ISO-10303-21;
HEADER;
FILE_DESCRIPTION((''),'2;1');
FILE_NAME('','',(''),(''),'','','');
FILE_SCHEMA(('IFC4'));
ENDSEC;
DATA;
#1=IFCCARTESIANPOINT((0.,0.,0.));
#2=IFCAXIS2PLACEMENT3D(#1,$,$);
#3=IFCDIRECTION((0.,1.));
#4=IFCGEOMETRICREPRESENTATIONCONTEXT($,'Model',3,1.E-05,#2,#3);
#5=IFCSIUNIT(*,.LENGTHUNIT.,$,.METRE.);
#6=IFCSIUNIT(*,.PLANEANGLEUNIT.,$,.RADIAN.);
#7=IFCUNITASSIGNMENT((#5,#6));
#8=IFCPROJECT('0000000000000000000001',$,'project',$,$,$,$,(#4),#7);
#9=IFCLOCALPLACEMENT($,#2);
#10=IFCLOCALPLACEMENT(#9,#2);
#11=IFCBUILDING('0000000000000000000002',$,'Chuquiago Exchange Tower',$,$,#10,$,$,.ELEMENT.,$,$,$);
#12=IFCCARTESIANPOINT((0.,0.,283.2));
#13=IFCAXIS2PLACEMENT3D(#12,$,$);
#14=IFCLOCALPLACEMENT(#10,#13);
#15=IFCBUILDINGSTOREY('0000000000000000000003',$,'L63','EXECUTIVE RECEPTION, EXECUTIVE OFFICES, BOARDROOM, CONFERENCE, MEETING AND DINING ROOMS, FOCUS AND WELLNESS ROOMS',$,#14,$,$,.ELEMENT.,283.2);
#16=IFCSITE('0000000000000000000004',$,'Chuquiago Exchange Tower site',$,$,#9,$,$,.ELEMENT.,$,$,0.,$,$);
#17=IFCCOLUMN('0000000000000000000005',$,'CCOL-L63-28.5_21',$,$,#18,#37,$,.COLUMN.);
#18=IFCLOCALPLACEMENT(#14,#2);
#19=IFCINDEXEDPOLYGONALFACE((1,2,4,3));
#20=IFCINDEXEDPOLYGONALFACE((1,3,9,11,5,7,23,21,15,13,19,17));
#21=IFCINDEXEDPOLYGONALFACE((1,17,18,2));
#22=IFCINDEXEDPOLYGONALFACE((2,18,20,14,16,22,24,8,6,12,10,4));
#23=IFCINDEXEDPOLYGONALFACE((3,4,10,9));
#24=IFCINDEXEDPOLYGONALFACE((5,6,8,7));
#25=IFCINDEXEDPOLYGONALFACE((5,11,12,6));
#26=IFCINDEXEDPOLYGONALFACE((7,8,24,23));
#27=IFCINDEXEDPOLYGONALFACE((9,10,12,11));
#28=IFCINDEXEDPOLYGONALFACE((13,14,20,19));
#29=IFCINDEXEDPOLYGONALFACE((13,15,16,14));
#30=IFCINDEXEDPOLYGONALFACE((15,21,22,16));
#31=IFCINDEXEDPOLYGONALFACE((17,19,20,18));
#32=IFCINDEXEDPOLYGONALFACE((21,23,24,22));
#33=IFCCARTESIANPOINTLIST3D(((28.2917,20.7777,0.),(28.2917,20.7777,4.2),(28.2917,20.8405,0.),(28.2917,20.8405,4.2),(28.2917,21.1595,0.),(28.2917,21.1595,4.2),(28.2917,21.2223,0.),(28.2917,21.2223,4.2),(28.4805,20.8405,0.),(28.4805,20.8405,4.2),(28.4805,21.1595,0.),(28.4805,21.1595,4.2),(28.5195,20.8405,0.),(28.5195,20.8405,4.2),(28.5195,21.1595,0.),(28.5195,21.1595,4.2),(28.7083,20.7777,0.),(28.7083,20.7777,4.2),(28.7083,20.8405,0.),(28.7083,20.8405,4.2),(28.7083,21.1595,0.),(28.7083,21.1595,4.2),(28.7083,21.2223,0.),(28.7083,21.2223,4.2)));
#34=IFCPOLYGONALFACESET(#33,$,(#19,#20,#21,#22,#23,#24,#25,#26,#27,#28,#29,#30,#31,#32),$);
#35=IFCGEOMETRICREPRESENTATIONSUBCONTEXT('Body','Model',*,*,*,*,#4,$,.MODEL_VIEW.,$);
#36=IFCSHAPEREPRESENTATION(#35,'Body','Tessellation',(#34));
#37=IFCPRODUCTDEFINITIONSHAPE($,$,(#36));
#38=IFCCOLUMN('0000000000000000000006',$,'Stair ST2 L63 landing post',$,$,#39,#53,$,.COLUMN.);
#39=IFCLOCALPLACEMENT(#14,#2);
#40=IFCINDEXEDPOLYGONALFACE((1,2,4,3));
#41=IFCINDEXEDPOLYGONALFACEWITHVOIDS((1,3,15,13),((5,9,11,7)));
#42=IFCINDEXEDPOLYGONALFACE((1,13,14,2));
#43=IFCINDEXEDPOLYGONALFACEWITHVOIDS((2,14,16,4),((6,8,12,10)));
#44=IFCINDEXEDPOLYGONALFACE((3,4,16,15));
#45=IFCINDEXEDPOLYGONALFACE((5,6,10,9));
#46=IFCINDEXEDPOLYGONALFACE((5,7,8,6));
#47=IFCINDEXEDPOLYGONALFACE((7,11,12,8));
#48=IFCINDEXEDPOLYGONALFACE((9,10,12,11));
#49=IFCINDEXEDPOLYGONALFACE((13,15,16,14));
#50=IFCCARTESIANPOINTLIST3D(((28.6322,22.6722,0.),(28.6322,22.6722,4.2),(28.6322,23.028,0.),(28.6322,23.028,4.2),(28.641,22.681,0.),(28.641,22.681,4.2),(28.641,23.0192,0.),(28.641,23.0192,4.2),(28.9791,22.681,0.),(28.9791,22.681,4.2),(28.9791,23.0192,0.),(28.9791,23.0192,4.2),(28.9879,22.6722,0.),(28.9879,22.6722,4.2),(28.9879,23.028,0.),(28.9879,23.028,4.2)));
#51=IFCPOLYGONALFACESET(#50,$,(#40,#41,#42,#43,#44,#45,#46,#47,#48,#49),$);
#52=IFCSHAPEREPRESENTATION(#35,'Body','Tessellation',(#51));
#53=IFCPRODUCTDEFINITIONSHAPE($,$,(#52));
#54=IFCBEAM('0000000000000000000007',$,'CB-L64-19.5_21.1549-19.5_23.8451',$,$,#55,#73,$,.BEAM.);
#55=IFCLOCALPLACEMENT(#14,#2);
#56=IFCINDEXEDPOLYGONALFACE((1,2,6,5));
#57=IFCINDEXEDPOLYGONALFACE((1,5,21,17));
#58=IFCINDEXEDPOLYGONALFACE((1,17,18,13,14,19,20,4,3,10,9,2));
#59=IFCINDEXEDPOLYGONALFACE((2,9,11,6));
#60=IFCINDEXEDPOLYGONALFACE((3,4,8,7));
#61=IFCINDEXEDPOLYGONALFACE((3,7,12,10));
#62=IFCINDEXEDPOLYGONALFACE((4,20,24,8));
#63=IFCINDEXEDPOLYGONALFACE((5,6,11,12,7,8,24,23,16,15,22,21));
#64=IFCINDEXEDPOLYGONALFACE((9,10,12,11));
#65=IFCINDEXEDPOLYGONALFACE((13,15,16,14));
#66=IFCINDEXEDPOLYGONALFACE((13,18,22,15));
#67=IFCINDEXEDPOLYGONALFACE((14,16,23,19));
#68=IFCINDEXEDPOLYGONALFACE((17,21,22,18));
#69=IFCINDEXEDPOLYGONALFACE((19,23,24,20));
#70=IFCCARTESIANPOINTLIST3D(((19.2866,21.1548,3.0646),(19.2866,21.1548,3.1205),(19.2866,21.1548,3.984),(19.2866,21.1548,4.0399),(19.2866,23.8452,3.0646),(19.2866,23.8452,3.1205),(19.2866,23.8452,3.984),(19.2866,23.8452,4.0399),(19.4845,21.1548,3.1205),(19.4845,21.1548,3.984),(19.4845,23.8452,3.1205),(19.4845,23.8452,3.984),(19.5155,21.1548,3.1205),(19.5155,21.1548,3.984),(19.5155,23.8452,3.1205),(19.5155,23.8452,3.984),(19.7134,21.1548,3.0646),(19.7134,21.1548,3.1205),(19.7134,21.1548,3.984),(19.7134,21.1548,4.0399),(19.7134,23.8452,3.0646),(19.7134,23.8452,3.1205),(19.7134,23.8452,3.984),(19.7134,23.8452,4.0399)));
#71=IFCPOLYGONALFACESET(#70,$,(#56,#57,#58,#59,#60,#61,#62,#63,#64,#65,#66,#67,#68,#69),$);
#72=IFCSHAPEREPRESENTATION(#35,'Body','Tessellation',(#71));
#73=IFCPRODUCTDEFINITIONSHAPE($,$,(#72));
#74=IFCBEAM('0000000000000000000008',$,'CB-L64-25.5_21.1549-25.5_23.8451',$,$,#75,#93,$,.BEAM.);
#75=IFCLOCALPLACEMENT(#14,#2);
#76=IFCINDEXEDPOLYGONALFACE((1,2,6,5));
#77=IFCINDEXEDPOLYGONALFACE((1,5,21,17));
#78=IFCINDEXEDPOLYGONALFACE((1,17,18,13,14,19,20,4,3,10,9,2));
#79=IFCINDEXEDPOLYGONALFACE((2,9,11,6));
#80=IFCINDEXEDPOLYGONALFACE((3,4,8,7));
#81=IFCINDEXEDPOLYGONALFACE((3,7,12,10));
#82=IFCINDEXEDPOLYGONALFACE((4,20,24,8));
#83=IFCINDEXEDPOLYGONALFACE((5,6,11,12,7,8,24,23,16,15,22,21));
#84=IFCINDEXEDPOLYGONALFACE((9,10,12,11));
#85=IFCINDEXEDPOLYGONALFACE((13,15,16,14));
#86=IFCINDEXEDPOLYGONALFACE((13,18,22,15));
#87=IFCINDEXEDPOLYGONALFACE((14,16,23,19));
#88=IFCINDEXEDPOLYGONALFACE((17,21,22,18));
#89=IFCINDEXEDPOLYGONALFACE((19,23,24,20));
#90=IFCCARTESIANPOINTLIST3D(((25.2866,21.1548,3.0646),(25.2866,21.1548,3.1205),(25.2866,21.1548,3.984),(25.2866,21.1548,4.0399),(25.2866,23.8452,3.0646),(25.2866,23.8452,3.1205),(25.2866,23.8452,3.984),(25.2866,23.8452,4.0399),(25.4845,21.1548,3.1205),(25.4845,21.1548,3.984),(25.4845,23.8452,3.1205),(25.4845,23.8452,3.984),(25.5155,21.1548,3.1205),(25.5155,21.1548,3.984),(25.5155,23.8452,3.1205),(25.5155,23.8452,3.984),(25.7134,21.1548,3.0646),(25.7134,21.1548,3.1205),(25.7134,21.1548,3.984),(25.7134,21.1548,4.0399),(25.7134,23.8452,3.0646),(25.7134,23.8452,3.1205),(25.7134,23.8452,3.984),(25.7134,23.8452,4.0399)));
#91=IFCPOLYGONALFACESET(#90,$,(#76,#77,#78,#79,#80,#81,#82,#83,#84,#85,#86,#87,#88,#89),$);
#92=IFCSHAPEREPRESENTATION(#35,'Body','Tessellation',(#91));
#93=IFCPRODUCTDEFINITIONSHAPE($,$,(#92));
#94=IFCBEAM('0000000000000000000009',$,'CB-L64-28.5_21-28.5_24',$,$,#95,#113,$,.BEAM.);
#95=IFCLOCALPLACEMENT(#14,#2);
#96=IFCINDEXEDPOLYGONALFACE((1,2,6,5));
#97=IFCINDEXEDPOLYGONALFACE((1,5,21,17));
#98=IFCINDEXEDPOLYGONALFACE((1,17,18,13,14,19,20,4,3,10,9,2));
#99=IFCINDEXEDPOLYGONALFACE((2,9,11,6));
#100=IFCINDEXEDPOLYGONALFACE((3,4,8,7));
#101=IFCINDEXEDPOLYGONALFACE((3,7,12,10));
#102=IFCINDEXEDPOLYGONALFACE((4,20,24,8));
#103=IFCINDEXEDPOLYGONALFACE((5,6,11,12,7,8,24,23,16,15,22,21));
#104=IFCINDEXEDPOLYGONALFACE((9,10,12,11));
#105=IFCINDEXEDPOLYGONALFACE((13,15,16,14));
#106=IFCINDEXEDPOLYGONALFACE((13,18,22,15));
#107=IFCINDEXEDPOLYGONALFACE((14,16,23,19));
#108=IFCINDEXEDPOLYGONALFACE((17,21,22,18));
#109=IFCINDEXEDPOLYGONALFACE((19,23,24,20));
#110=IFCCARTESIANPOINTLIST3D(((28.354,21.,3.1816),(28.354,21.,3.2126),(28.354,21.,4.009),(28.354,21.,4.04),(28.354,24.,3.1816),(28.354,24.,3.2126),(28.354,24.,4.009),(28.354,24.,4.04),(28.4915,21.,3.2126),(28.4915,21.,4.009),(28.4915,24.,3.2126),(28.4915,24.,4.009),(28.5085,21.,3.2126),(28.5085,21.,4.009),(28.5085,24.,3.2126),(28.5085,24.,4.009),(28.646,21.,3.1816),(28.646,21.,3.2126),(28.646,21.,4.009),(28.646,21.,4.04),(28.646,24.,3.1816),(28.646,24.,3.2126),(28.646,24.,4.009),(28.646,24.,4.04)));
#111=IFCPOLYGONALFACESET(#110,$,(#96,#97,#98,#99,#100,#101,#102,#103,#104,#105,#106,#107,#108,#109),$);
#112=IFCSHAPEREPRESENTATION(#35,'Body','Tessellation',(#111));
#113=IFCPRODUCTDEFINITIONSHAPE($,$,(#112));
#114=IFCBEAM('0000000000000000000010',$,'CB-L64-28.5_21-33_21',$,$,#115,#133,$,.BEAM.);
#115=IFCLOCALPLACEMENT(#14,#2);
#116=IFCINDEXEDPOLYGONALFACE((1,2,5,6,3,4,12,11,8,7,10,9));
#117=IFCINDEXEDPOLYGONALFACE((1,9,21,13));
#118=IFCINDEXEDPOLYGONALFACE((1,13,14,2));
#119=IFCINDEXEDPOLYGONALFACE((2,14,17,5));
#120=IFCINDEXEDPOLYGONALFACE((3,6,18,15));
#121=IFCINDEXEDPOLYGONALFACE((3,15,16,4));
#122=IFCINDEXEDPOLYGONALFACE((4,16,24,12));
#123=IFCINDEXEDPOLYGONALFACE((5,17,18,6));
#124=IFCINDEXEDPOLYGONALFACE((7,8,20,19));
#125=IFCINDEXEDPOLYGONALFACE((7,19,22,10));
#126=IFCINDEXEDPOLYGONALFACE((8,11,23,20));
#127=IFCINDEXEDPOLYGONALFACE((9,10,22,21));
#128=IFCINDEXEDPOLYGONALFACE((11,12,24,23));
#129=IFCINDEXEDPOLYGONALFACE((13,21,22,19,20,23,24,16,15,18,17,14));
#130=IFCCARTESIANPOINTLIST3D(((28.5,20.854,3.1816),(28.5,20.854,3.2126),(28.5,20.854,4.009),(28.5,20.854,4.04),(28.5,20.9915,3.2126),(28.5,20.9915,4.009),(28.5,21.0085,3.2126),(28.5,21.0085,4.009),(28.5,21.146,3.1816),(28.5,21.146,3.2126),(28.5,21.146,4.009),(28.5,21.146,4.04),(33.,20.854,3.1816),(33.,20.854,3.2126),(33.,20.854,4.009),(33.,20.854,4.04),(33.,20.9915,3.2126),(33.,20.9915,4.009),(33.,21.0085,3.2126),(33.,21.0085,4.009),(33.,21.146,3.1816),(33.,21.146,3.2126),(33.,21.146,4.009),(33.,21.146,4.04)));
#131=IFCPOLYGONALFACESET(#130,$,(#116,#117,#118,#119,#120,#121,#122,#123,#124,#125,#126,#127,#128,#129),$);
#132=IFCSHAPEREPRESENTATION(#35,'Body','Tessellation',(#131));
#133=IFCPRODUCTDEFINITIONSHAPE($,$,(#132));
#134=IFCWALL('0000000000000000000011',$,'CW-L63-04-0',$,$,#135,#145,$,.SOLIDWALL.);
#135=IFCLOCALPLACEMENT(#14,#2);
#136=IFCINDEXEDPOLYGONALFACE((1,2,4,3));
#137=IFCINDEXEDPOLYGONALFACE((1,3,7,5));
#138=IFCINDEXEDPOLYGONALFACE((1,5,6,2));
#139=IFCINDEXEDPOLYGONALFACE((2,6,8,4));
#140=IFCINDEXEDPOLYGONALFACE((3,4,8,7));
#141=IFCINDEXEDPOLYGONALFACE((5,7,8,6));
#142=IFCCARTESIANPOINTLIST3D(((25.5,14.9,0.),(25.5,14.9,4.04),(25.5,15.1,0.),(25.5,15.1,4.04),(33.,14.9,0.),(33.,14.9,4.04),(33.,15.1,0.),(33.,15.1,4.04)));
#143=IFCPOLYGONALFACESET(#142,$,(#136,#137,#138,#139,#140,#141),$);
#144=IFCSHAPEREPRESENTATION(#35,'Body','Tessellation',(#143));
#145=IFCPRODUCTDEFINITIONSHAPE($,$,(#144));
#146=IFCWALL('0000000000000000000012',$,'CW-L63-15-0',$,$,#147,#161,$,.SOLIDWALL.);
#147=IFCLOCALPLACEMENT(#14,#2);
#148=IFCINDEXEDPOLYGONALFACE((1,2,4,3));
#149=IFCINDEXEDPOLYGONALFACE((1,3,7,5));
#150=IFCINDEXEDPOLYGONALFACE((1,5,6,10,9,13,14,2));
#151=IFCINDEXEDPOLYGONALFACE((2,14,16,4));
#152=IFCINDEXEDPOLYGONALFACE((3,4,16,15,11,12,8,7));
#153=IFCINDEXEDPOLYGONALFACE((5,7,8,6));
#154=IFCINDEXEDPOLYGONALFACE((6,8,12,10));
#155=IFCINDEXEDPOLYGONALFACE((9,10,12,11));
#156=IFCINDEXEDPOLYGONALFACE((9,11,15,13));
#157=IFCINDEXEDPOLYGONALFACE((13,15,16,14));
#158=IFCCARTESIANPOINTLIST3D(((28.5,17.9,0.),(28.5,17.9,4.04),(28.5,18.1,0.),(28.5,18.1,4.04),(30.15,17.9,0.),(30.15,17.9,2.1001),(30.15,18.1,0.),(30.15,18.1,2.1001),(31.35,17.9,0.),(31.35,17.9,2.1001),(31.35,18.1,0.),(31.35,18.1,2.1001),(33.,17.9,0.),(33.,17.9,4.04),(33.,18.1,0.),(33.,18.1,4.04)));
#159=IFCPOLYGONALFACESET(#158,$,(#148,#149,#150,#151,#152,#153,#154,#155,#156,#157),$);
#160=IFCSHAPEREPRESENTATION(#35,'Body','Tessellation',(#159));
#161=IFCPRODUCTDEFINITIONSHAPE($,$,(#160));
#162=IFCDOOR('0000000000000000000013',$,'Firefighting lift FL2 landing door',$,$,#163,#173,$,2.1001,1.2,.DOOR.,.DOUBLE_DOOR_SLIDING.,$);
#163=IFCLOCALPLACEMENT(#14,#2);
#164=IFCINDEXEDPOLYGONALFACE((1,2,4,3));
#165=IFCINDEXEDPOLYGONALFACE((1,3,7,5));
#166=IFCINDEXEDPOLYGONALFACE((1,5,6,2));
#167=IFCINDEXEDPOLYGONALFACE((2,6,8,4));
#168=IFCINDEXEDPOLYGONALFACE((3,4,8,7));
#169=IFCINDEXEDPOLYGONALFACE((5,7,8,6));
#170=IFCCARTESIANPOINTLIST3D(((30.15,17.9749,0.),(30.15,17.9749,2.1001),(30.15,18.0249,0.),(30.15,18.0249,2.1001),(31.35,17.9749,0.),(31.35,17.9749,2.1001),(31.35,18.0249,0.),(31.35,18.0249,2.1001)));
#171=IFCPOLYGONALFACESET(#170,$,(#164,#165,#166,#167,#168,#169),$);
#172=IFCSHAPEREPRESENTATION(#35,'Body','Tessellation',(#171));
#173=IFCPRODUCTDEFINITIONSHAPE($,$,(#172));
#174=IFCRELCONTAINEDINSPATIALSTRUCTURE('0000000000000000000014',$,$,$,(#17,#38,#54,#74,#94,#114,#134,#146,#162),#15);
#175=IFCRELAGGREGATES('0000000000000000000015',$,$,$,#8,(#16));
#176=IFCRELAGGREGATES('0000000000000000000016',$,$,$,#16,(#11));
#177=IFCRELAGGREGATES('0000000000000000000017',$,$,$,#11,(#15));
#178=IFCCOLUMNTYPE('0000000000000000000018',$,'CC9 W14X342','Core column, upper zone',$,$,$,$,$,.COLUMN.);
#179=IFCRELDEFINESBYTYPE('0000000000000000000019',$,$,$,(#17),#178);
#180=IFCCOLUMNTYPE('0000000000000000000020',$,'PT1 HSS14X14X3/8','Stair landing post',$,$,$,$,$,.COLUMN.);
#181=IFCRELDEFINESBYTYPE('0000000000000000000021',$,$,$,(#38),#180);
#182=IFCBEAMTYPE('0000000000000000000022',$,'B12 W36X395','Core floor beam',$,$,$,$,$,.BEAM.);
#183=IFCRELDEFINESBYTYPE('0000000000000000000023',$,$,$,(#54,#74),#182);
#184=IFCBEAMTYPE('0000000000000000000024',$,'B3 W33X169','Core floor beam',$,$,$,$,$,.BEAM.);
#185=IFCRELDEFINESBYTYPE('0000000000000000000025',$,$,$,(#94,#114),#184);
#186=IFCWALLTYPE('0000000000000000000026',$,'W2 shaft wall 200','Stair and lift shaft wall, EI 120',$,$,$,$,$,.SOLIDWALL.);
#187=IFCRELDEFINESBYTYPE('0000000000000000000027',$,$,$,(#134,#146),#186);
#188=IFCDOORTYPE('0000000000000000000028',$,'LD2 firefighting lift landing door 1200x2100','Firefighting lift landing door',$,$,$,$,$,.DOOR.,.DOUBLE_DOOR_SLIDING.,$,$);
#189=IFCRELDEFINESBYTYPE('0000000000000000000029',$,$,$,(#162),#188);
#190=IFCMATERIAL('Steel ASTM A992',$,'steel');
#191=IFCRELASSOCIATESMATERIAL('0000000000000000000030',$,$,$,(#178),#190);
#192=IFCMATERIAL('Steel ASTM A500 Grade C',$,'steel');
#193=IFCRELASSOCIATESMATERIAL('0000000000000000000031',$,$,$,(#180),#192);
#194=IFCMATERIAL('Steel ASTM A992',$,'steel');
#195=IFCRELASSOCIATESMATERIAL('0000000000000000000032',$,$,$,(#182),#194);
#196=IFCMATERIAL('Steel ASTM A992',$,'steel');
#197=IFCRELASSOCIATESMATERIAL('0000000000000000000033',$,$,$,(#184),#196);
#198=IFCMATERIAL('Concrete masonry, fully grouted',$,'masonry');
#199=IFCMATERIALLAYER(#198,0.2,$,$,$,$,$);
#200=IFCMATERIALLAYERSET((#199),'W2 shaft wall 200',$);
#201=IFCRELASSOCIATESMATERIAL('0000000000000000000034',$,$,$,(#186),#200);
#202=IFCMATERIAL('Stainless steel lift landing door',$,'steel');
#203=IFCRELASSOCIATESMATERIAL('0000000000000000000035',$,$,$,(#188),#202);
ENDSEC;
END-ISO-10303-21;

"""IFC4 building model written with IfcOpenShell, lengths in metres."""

from ifc_helpers import new_model, si_unit, direction, frame, frame_2d, origin, origin_2d, place, context, subcontext, project, spatial, rectangle, hollow_rectangle, i_section, extrude, material, layer, layer_set, material_profile, profile_set, type_object, element, fill, save


model = new_model("IFC4")

# Units and contexts
model_context = context("Model", 3, precision=1e-05, world=origin(), true_north=direction((0.0, 1.0)))
body_context = subcontext(model_context, "Body", "Model", "MODEL_VIEW")
ifc_project = project(units=[si_unit("LENGTHUNIT", "METRE"), si_unit("PLANEANGLEUNIT", "RADIAN")], contexts=[model_context])

# Site, building, storey
site_placement = place(None, origin())
site = spatial("IfcSite", under=ifc_project, at=site_placement, Name="Chuquiago Exchange Tower site", CompositionType="ELEMENT", RefElevation=0.0)
building_placement = place(site_placement, origin())
building = spatial("IfcBuilding", under=site, at=building_placement, Name="Chuquiago Exchange Tower", CompositionType="ELEMENT")
storey_placement = place(building_placement, frame((0.0, 0.0, 283.2)))
storey = spatial("IfcBuildingStorey", under=building, at=storey_placement, Name="L63", Description="EXECUTIVE RECEPTION, EXECUTIVE OFFICES, BOARDROOM, CONFERENCE, MEETING AND DINING ROOMS, FOCUS AND WELLNESS ROOMS", CompositionType="ELEMENT", Elevation=283.2)

# Columns
ifc_material_1 = material(Name="Steel ASTM A992", Category="steel")
ifc_material_profile_1 = material_profile(ifc_material_1, i_section(OverallWidth=0.4165, OverallDepth=0.4446, WebThickness=0.0391, FlangeThickness=0.0627, at=origin_2d()), Name="W14X342")
ifc_profile_set_1 = profile_set([ifc_material_profile_1], Name="Steel ASTM A992")
column_type_1 = type_object("IfcColumnType", Name="CC9 W14X342", Description="Core column, upper zone", PredefinedType="COLUMN", material=ifc_profile_set_1)
column_1_placement = place(storey_placement, frame((28.5, 21.0, 0.0), z_axis=(0.0, 0.0, 1.0), x_axis=(1.0, 0.0, 0.0)))
element("IfcColumn", 1, at=column_1_placement, inside=storey, type_object=column_type_1, Name="CCOL-L63-28.5_21", PredefinedType="COLUMN", context=body_context, shape_type="SweptSolid", body=[
    extrude(i_section(OverallWidth=0.4165, OverallDepth=0.4446, WebThickness=0.0391, FlangeThickness=0.0627, at=origin_2d()), origin(), (0.0, 0.0, 1.0), 4.2),
])
ifc_material_2 = material(Name="Steel ASTM A500 Grade C", Category="steel")
ifc_material_profile_2 = material_profile(ifc_material_2, hollow_rectangle(XDim=0.3557, YDim=0.3557, WallThickness=0.0088, at=origin_2d()), Name="HSS14X14X3/8")
ifc_profile_set_2 = profile_set([ifc_material_profile_2], Name="Steel ASTM A500 Grade C")
column_type_2 = type_object("IfcColumnType", Name="PT1 HSS14X14X3/8", Description="Stair landing post", PredefinedType="COLUMN", material=ifc_profile_set_2)
column_2_placement = place(storey_placement, frame((28.8101, 22.8501, 0.0), z_axis=(0.0, 0.0, 1.0), x_axis=(1.0, 0.0, 0.0)))
element("IfcColumn", 2, at=column_2_placement, inside=storey, type_object=column_type_2, Name="Stair ST2 L63 landing post", PredefinedType="COLUMN", context=body_context, shape_type="SweptSolid", body=[
    extrude(hollow_rectangle(XDim=0.3557, YDim=0.3557, WallThickness=0.0088, at=origin_2d()), origin(), (0.0, 0.0, 1.0), 4.2),
])

# Beams
ifc_material_3 = material(Name="Steel ASTM A992", Category="steel")
ifc_material_profile_3 = material_profile(ifc_material_3, i_section(OverallWidth=0.4268, OverallDepth=0.9753, WebThickness=0.031, FlangeThickness=0.0559, at=origin_2d()), Name="W36X395")
ifc_profile_set_3 = profile_set([ifc_material_profile_3], Name="Steel ASTM A992")
beam_type_1 = type_object("IfcBeamType", Name="B12 W36X395", Description="Core floor beam", PredefinedType="BEAM", material=ifc_profile_set_3)
for number, where, z_axis, x_axis, name in (
    (3, (19.5, 21.1548, 3.5522), (0.0, 1.0, 0.0), (-1.0, 0.0, 0.0), "CB-L64-19.5_21.1549-19.5_23.8451"),
    (4, (25.5, 21.1548, 3.5522), (0.0, 1.0, 0.0), (-1.0, 0.0, 0.0), "CB-L64-25.5_21.1549-25.5_23.8451"),
):
    element("IfcBeam", number, at=place(storey_placement, frame(where, z_axis=z_axis, x_axis=x_axis)), inside=storey, type_object=beam_type_1, Name=name, PredefinedType="BEAM", context=body_context, shape_type="SweptSolid", body=[
        extrude(i_section(OverallWidth=0.4268, OverallDepth=0.9753, WebThickness=0.031, FlangeThickness=0.0559, at=origin_2d()), origin(), (0.0, 0.0, 1.0), 2.6904),
    ])
ifc_material_4 = material(Name="Steel ASTM A992", Category="steel")
ifc_material_profile_4 = material_profile(ifc_material_4, i_section(OverallWidth=0.292, OverallDepth=0.8584, WebThickness=0.0171, FlangeThickness=0.031, at=origin_2d()), Name="W33X169")
ifc_profile_set_4 = profile_set([ifc_material_profile_4], Name="Steel ASTM A992")
beam_type_2 = type_object("IfcBeamType", Name="B3 W33X169", Description="Core floor beam", PredefinedType="BEAM", material=ifc_profile_set_4)
beam_1_placement = place(storey_placement, frame((28.5, 21.0, 3.6108), z_axis=(0.0, 1.0, 0.0), x_axis=(-1.0, 0.0, 0.0)))
element("IfcBeam", 5, at=beam_1_placement, inside=storey, type_object=beam_type_2, Name="CB-L64-28.5_21-28.5_24", PredefinedType="BEAM", context=body_context, shape_type="SweptSolid", body=[
    extrude(i_section(OverallWidth=0.292, OverallDepth=0.8584, WebThickness=0.0171, FlangeThickness=0.031, at=origin_2d()), origin(), (0.0, 0.0, 1.0), 3.0),
])
beam_2_placement = place(storey_placement, frame((28.5, 21.0, 3.6108), z_axis=(1.0, 0.0, 0.0), x_axis=(0.0, 1.0, 0.0)))
element("IfcBeam", 6, at=beam_2_placement, inside=storey, type_object=beam_type_2, Name="CB-L64-28.5_21-33_21", PredefinedType="BEAM", context=body_context, shape_type="SweptSolid", body=[
    extrude(i_section(OverallWidth=0.292, OverallDepth=0.8584, WebThickness=0.0171, FlangeThickness=0.031, at=origin_2d()), origin(), (0.0, 0.0, 1.0), 4.5),
])

# Wall
ifc_material_5 = material(Name="Concrete masonry, fully grouted", Category="masonry")
ifc_layer_1 = layer(ifc_material_5, 0.2)
ifc_layer_set_1 = layer_set([ifc_layer_1], Name="W2 shaft wall 200")
wall_type_1 = type_object("IfcWallType", Name="W2 shaft wall 200", Description="Stair and lift shaft wall, EI 120", PredefinedType="SOLIDWALL", material=ifc_layer_set_1)
wall_1_placement = place(storey_placement, frame((25.5, 15.0, 0.0), z_axis=(0.0, 0.0, 1.0), x_axis=(1.0, 0.0, 0.0)))
element("IfcWall", 7, at=wall_1_placement, inside=storey, type_object=wall_type_1, Name="CW-L63-04-0", PredefinedType="SOLIDWALL", context=body_context, shape_type="SweptSolid", body=[
    extrude(rectangle(XDim=7.5, YDim=0.2, at=frame_2d((3.75, 0.0))), origin(), (0.0, 0.0, 1.0), 4.04),
])

# Wall, opening, door
wall_2_placement = place(storey_placement, frame((28.5, 18.0, 0.0), z_axis=(0.0, 0.0, 1.0), x_axis=(1.0, 0.0, 0.0)))
wall_2 = element("IfcWall", 8, at=wall_2_placement, inside=storey, type_object=wall_type_1, Name="CW-L63-15-0", PredefinedType="SOLIDWALL", context=body_context, shape_type="SweptSolid", body=[
    extrude(rectangle(XDim=4.5, YDim=0.2, at=frame_2d((2.25, 0.0))), origin(), (0.0, 0.0, 1.0), 4.04),
])
opening_1_placement = place(wall_2_placement, frame((1.6499, 0.0, 0.0)))
opening_1 = element("IfcOpeningElement", 9, at=opening_1_placement, cuts=wall_2, PredefinedType="OPENING", context=body_context, shape_type="SweptSolid", body=[
    extrude(rectangle(XDim=1.2, YDim=2.1001, at=frame_2d((0.6001, 1.05))), frame((0.0, 0.1099, 0.0), z_axis=(0.0, -1.0, 0.0), x_axis=(1.0, 0.0, 0.0)), (0.0, 0.0, 1.0), 0.22),
])
ifc_material_6 = material(Name="Stainless steel lift landing door", Category="steel")
door_type_1 = type_object("IfcDoorType", Name="LD2 firefighting lift landing door 1200x2100", Description="Firefighting lift landing door", OperationType="DOUBLE_DOOR_SLIDING", PredefinedType="DOOR", material=ifc_material_6)
door_1_placement = place(opening_1_placement, origin())
door_1 = element("IfcDoor", 10, at=door_1_placement, inside=storey, type_object=door_type_1, Name="Firefighting lift FL2 landing door", OperationType="DOUBLE_DOOR_SLIDING", OverallHeight=2.1001, OverallWidth=1.2, PredefinedType="DOOR", context=body_context, shape_type="SweptSolid", body=[
    extrude(rectangle(XDim=1.2, YDim=2.1001, at=frame_2d((0.6001, 1.05))), frame((0.0, 0.0249, 0.0), z_axis=(0.0, -1.0, 0.0), x_axis=(1.0, 0.0, 0.0)), (0.0, 0.0, 1.0), 0.05),
])
fill(opening_1, door_1)

save(model, "model.ifc")
